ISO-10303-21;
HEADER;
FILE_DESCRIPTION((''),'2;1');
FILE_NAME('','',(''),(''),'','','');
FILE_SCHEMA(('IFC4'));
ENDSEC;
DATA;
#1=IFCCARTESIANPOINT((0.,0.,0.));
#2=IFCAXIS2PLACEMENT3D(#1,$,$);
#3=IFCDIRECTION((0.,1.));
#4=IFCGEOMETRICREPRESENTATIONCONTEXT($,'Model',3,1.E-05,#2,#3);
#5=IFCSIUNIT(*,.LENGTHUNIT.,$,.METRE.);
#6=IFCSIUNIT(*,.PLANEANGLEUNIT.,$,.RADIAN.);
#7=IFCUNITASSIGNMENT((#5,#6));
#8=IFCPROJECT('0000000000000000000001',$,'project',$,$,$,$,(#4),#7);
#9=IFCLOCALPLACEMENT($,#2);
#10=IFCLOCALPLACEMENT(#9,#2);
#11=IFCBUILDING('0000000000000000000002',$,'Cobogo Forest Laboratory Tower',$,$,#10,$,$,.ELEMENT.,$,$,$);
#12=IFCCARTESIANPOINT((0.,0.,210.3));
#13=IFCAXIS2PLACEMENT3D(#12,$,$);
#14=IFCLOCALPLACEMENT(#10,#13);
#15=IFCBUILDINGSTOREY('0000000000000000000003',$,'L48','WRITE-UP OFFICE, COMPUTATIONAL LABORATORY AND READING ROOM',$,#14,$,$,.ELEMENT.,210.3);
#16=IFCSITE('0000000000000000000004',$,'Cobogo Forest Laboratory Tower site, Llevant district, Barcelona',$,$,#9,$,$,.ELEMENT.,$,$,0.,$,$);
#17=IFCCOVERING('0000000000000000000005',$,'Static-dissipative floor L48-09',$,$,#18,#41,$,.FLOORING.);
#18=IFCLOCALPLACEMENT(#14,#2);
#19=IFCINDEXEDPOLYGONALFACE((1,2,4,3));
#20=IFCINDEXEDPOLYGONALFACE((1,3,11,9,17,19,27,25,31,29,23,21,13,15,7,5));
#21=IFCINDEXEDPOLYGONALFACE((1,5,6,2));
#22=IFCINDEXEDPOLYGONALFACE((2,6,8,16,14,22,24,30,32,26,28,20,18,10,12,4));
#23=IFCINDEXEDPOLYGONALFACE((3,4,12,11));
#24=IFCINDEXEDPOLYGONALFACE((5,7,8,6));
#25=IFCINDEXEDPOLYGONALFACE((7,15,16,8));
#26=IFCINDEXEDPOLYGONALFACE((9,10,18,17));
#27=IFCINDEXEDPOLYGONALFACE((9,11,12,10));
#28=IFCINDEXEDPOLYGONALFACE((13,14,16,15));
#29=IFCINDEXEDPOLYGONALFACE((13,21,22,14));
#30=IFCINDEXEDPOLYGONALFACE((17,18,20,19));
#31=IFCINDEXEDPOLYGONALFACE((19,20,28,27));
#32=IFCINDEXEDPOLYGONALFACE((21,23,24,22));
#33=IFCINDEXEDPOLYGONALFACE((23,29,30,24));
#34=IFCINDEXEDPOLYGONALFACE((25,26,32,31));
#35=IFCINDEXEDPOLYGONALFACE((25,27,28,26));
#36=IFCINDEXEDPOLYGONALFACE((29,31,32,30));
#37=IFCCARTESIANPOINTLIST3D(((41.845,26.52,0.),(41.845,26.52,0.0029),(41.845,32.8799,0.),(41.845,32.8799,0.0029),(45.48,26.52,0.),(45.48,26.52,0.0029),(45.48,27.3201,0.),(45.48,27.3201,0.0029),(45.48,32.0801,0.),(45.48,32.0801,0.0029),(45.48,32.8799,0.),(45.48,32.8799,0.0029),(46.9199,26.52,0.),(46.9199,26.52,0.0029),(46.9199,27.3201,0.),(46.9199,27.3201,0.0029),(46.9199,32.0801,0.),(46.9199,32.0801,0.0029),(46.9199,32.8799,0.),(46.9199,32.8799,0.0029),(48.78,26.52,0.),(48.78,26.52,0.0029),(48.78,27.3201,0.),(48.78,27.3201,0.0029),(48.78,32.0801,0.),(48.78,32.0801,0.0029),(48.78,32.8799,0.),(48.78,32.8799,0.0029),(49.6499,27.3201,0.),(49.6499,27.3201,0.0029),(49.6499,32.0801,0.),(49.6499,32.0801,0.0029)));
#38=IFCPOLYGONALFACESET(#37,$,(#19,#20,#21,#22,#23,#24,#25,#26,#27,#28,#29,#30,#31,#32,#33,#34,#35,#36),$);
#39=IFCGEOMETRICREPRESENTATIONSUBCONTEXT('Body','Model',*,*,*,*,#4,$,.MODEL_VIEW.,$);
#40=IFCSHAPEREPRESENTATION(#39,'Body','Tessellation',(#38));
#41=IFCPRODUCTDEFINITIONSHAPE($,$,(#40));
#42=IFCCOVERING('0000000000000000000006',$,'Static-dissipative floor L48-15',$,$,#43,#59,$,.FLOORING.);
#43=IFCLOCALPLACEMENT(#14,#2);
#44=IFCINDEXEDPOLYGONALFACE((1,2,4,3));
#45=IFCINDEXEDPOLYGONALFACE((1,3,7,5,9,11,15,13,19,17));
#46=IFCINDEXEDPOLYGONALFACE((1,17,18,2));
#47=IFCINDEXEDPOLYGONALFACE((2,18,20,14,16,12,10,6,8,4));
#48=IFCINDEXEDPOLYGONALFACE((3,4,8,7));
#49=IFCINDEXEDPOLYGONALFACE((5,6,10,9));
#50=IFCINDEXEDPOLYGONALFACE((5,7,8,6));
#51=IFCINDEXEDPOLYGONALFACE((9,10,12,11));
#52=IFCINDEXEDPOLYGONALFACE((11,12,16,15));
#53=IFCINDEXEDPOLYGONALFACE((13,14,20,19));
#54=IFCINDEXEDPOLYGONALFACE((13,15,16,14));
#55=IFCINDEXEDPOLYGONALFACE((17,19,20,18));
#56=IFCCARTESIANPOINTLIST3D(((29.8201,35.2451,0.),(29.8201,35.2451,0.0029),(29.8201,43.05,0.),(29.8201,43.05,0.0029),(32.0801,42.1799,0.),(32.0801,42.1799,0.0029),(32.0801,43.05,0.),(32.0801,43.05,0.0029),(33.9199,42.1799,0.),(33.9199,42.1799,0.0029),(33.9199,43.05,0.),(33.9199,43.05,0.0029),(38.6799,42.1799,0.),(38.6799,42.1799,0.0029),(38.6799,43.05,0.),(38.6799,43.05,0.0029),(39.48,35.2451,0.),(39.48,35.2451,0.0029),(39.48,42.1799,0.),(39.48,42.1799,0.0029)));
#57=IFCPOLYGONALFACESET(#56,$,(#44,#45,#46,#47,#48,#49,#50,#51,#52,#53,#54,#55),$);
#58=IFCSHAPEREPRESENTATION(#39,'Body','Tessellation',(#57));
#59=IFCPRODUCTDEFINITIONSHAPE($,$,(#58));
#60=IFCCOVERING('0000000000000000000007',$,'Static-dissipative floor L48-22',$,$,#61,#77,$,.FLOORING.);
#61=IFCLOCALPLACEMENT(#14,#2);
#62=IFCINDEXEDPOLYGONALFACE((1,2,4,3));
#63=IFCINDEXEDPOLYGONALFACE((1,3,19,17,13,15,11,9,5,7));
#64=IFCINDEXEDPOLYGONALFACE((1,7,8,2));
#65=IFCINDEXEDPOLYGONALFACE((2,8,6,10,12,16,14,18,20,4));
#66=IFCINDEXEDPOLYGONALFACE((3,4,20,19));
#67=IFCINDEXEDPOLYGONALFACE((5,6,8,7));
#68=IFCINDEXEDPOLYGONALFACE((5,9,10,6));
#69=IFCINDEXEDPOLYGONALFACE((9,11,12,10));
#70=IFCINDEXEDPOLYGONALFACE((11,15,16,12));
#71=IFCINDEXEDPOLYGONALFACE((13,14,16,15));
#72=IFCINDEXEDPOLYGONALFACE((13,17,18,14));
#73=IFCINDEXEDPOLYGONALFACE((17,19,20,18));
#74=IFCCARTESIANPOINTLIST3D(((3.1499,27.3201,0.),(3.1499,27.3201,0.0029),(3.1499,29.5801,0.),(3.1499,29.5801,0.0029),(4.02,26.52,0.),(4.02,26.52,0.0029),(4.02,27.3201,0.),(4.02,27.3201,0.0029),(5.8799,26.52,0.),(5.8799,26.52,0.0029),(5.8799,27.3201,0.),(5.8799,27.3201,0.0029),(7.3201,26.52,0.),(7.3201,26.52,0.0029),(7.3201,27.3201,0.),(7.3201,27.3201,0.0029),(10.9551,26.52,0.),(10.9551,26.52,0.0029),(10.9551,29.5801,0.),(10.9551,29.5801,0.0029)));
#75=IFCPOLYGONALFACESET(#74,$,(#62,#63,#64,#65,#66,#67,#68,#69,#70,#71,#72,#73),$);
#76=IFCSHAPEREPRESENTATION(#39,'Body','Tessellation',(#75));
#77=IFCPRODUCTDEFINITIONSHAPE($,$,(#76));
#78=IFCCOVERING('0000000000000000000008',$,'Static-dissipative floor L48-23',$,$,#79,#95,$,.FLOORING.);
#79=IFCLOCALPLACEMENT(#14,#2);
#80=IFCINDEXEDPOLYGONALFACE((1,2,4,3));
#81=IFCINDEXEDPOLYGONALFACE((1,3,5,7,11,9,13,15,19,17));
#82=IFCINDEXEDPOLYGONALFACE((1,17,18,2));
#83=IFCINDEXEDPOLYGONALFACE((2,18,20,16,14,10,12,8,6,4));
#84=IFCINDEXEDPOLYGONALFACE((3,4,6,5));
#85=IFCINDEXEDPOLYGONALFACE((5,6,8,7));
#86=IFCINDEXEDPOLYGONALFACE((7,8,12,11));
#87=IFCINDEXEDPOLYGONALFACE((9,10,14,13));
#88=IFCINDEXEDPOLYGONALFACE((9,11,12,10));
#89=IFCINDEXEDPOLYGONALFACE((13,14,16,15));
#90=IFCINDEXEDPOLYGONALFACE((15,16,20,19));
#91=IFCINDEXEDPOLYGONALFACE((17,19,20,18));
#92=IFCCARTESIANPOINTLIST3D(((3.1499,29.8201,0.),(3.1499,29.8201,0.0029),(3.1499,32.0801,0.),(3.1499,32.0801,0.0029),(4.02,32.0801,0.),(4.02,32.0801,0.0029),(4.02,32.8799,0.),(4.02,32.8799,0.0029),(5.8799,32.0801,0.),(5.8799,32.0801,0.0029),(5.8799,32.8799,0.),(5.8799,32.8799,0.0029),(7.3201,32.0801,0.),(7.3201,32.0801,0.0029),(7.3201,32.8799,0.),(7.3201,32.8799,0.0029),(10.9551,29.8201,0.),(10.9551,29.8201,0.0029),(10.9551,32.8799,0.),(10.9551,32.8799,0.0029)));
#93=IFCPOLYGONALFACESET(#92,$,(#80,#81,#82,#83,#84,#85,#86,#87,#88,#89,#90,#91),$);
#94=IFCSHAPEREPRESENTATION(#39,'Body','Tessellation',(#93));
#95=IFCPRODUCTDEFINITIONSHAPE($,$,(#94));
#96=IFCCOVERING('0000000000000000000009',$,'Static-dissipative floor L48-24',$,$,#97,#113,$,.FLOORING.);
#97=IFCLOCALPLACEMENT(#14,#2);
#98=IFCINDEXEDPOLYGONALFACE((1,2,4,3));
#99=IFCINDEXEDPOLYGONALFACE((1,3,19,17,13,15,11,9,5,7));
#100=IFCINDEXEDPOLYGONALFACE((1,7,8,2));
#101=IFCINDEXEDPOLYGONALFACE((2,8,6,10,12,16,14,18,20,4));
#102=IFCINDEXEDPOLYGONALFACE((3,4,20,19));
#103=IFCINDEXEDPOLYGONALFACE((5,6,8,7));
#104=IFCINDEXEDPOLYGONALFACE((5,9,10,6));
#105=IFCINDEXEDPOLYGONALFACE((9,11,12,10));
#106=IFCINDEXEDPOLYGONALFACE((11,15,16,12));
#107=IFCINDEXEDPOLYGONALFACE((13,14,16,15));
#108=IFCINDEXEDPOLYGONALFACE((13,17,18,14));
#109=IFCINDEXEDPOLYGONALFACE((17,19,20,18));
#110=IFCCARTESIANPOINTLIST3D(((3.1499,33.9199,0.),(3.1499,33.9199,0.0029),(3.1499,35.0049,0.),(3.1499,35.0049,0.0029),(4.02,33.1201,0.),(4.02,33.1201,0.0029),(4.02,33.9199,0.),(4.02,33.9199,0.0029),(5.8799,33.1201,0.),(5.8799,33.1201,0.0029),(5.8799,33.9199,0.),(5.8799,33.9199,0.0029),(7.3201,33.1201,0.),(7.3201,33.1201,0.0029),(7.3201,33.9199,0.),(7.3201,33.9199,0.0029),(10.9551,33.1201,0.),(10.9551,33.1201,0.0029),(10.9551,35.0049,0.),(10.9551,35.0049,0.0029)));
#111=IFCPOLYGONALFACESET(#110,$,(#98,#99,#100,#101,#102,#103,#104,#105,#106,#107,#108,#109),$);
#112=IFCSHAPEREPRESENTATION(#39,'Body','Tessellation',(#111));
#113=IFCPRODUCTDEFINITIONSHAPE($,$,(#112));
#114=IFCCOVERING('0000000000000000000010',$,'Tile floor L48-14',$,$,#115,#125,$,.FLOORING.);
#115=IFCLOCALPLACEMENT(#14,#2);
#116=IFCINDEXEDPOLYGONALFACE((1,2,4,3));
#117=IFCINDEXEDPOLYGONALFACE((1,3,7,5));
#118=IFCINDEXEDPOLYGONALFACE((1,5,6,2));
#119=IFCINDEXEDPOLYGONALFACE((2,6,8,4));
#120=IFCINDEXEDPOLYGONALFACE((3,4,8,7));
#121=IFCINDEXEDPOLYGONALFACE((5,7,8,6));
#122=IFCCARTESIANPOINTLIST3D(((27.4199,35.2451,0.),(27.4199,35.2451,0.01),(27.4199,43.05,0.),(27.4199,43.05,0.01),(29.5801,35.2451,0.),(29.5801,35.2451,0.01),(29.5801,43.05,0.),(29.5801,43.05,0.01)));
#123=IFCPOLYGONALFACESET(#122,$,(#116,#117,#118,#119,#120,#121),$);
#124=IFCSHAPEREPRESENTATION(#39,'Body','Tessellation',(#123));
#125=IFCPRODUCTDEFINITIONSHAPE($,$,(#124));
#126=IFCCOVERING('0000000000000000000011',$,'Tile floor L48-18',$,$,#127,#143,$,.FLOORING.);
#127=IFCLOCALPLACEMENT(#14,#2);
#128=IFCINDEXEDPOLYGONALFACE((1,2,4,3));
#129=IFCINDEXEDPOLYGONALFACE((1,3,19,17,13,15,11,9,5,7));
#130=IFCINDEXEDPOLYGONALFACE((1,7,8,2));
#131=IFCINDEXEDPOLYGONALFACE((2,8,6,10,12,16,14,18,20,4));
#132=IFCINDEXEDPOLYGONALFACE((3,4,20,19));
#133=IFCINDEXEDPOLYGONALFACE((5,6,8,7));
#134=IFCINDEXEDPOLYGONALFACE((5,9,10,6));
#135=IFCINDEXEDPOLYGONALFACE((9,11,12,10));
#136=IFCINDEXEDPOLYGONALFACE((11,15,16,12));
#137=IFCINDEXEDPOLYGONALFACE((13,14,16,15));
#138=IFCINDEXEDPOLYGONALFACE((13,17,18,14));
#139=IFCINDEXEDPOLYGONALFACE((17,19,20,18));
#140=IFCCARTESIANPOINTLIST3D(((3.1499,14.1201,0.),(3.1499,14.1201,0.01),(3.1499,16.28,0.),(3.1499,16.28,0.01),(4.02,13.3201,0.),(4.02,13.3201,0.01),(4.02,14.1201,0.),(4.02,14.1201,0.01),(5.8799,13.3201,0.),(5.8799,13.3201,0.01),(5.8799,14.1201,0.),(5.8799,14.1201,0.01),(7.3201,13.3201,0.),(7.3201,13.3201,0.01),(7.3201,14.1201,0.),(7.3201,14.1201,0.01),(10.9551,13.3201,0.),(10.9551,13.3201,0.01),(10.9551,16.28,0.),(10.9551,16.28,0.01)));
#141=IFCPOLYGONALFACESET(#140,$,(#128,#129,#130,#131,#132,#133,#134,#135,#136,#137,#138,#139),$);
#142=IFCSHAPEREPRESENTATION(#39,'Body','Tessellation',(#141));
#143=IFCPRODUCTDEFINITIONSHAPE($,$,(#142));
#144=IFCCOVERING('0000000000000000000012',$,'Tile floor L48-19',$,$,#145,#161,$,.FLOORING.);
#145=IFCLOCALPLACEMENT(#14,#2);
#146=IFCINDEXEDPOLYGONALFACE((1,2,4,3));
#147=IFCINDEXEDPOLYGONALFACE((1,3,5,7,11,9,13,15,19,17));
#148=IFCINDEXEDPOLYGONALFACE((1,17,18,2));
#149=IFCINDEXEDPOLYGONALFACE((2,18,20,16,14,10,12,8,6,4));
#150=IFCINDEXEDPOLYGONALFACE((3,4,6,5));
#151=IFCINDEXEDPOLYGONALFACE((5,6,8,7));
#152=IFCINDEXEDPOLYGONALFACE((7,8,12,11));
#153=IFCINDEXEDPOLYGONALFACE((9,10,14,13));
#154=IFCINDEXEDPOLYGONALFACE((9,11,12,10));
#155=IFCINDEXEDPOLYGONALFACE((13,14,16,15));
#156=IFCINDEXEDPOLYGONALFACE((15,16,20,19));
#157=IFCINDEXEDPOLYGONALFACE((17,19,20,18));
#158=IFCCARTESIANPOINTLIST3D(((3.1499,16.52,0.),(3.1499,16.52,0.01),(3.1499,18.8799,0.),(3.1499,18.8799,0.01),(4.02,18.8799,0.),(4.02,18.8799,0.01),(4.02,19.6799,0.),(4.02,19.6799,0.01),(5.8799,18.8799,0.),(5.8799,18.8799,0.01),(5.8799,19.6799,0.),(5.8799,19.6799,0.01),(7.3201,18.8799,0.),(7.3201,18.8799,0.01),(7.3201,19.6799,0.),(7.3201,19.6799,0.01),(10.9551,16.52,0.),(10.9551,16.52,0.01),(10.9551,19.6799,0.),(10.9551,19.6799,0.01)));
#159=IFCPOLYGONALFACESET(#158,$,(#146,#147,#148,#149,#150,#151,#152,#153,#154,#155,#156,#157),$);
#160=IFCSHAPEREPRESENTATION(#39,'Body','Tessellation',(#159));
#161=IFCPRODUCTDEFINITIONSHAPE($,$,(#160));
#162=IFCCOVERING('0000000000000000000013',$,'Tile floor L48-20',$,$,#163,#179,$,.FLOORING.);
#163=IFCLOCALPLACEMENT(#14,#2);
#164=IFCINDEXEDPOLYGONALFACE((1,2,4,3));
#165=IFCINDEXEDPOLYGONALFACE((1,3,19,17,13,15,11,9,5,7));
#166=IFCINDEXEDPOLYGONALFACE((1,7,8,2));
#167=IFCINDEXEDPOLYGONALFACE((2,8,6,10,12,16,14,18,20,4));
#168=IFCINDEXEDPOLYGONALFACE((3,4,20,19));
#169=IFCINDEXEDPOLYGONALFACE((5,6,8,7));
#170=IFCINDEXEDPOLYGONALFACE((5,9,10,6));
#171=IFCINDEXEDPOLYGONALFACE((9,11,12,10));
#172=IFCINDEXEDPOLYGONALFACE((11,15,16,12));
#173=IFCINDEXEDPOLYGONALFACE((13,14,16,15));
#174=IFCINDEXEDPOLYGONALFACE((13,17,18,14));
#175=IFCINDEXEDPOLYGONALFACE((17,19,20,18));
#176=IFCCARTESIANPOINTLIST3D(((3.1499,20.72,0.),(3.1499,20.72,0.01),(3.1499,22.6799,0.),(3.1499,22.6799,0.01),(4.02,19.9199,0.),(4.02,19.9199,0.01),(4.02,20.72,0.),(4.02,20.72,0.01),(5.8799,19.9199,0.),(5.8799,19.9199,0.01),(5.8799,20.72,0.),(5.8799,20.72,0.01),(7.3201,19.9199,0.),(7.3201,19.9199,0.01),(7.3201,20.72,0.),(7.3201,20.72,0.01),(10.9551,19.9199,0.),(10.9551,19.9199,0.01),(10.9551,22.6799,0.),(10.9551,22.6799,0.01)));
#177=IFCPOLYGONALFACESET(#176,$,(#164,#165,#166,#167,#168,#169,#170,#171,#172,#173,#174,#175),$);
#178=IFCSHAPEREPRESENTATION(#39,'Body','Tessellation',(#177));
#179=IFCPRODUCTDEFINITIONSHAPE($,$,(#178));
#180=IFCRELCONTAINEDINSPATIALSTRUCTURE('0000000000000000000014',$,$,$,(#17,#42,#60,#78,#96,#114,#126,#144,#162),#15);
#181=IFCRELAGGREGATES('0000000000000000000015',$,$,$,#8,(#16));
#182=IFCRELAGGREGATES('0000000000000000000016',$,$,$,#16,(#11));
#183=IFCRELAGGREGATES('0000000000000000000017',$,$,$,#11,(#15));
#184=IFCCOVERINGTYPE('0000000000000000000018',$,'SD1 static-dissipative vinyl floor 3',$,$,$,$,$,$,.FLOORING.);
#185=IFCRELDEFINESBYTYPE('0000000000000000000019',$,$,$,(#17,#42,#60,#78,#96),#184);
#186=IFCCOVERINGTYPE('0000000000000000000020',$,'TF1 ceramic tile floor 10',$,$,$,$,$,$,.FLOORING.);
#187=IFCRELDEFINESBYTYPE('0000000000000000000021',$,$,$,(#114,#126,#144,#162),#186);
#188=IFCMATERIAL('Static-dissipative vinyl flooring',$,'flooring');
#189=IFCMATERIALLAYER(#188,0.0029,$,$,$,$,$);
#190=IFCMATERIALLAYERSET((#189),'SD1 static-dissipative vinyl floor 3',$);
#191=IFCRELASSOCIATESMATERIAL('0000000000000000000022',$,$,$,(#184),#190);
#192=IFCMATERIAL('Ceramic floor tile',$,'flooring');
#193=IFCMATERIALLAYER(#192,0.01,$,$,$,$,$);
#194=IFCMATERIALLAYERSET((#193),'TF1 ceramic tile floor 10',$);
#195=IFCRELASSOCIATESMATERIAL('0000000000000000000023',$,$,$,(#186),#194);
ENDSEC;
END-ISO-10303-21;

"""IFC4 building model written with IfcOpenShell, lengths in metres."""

from ifc_helpers import new_model, si_unit, direction, frame, origin, place, context, subcontext, project, spatial, polyline, outline, extrude, material, layer, layer_set, type_object, element, save


model = new_model("IFC4")

# Units and contexts
model_context = context("Model", 3, precision=1e-05, world=origin(), true_north=direction((0.0, 1.0)))
body_context = subcontext(model_context, "Body", "Model", "MODEL_VIEW")
ifc_project = project(units=[si_unit("LENGTHUNIT", "METRE"), si_unit("PLANEANGLEUNIT", "RADIAN")], contexts=[model_context])

# Site, building, storey
site_placement = place(None, origin())
site = spatial("IfcSite", under=ifc_project, at=site_placement, Name="Cobogo Forest Laboratory Tower site, Llevant district, Barcelona", CompositionType="ELEMENT", RefElevation=0.0)
building_placement = place(site_placement, origin())
building = spatial("IfcBuilding", under=site, at=building_placement, Name="Cobogo Forest Laboratory Tower", CompositionType="ELEMENT")
storey_placement = place(building_placement, frame((0.0, 0.0, 210.3)))
storey = spatial("IfcBuildingStorey", under=building, at=storey_placement, Name="L48", Description="WRITE-UP OFFICE, COMPUTATIONAL LABORATORY AND READING ROOM", CompositionType="ELEMENT", Elevation=210.3)

# Coverings
ifc_material_1 = material(Name="Static-dissipative vinyl flooring", Category="flooring")
ifc_layer_1 = layer(ifc_material_1, 0.0029)
ifc_layer_set_1 = layer_set([ifc_layer_1], Name="SD1 static-dissipative vinyl floor 3")
covering_type_1 = type_object("IfcCoveringType", Name="SD1 static-dissipative vinyl floor 3", PredefinedType="FLOORING", material=ifc_layer_set_1)
covering_1_placement = place(storey_placement, origin())
element("IfcCovering", 1, at=covering_1_placement, inside=storey, type_object=covering_type_1, Name="Static-dissipative floor L48-09", PredefinedType="FLOORING", context=body_context, shape_type="SweptSolid", body=[
    extrude(outline(polyline([(41.845, 32.8799), (45.48, 32.8799), (45.48, 32.0801), (46.9199, 32.0801), (46.9199, 32.8799), (48.78, 32.8799), (48.78, 32.0801), (49.6499, 32.0801), (49.6499, 27.3201), (48.78, 27.3201), (48.78, 26.52), (46.9199, 26.52), (46.9199, 27.3201), (45.48, 27.3201), (45.48, 26.52), (41.845, 26.52), (41.845, 32.8799)])), origin(), (0.0, 0.0, 1.0), 0.0029),
])
covering_2_placement = place(storey_placement, origin())
element("IfcCovering", 2, at=covering_2_placement, inside=storey, type_object=covering_type_1, Name="Static-dissipative floor L48-15", PredefinedType="FLOORING", context=body_context, shape_type="SweptSolid", body=[
    extrude(outline(polyline([(29.8201, 35.2451), (29.8201, 43.05), (32.0801, 43.05), (32.0801, 42.1799), (33.9199, 42.1799), (33.9199, 43.05), (38.6799, 43.05), (38.6799, 42.1799), (39.48, 42.1799), (39.48, 35.2451), (29.8201, 35.2451)])), origin(), (0.0, 0.0, 1.0), 0.0029),
])
covering_3_placement = place(storey_placement, origin())
element("IfcCovering", 3, at=covering_3_placement, inside=storey, type_object=covering_type_1, Name="Static-dissipative floor L48-22", PredefinedType="FLOORING", context=body_context, shape_type="SweptSolid", body=[
    extrude(outline(polyline([(10.9551, 26.52), (7.3201, 26.52), (7.3201, 27.3201), (5.8799, 27.3201), (5.8799, 26.52), (4.02, 26.52), (4.02, 27.3201), (3.1499, 27.3201), (3.1499, 29.5801), (10.9551, 29.5801), (10.9551, 26.52)])), origin(), (0.0, 0.0, 1.0), 0.0029),
])
covering_4_placement = place(storey_placement, origin())
element("IfcCovering", 4, at=covering_4_placement, inside=storey, type_object=covering_type_1, Name="Static-dissipative floor L48-23", PredefinedType="FLOORING", context=body_context, shape_type="SweptSolid", body=[
    extrude(outline(polyline([(10.9551, 29.8201), (3.1499, 29.8201), (3.1499, 32.0801), (4.02, 32.0801), (4.02, 32.8799), (5.8799, 32.8799), (5.8799, 32.0801), (7.3201, 32.0801), (7.3201, 32.8799), (10.9551, 32.8799), (10.9551, 29.8201)])), origin(), (0.0, 0.0, 1.0), 0.0029),
])
covering_5_placement = place(storey_placement, origin())
element("IfcCovering", 5, at=covering_5_placement, inside=storey, type_object=covering_type_1, Name="Static-dissipative floor L48-24", PredefinedType="FLOORING", context=body_context, shape_type="SweptSolid", body=[
    extrude(outline(polyline([(10.9551, 33.1201), (7.3201, 33.1201), (7.3201, 33.9199), (5.8799, 33.9199), (5.8799, 33.1201), (4.02, 33.1201), (4.02, 33.9199), (3.1499, 33.9199), (3.1499, 35.0049), (10.9551, 35.0049), (10.9551, 33.1201)])), origin(), (0.0, 0.0, 1.0), 0.0029),
])
ifc_material_2 = material(Name="Ceramic floor tile", Category="flooring")
ifc_layer_2 = layer(ifc_material_2, 0.01)
ifc_layer_set_2 = layer_set([ifc_layer_2], Name="TF1 ceramic tile floor 10")
covering_type_2 = type_object("IfcCoveringType", Name="TF1 ceramic tile floor 10", PredefinedType="FLOORING", material=ifc_layer_set_2)
covering_6_placement = place(storey_placement, origin())
element("IfcCovering", 6, at=covering_6_placement, inside=storey, type_object=covering_type_2, Name="Tile floor L48-14", PredefinedType="FLOORING", context=body_context, shape_type="SweptSolid", body=[
    extrude(outline(polyline([(29.5801, 35.2451), (27.4199, 35.2451), (27.4199, 43.05), (29.5801, 43.05), (29.5801, 35.2451)])), origin(), (0.0, 0.0, 1.0), 0.01),
])
covering_7_placement = place(storey_placement, origin())
element("IfcCovering", 7, at=covering_7_placement, inside=storey, type_object=covering_type_2, Name="Tile floor L48-18", PredefinedType="FLOORING", context=body_context, shape_type="SweptSolid", body=[
    extrude(outline(polyline([(10.9551, 13.3201), (7.3201, 13.3201), (7.3201, 14.1201), (5.8799, 14.1201), (5.8799, 13.3201), (4.02, 13.3201), (4.02, 14.1201), (3.1499, 14.1201), (3.1499, 16.28), (10.9551, 16.28), (10.9551, 13.3201)])), origin(), (0.0, 0.0, 1.0), 0.01),
])
covering_8_placement = place(storey_placement, origin())
element("IfcCovering", 8, at=covering_8_placement, inside=storey, type_object=covering_type_2, Name="Tile floor L48-19", PredefinedType="FLOORING", context=body_context, shape_type="SweptSolid", body=[
    extrude(outline(polyline([(10.9551, 16.52), (3.1499, 16.52), (3.1499, 18.8799), (4.02, 18.8799), (4.02, 19.6799), (5.8799, 19.6799), (5.8799, 18.8799), (7.3201, 18.8799), (7.3201, 19.6799), (10.9551, 19.6799), (10.9551, 16.52)])), origin(), (0.0, 0.0, 1.0), 0.01),
])
covering_9_placement = place(storey_placement, origin())
element("IfcCovering", 9, at=covering_9_placement, inside=storey, type_object=covering_type_2, Name="Tile floor L48-20", PredefinedType="FLOORING", context=body_context, shape_type="SweptSolid", body=[
    extrude(outline(polyline([(10.9551, 19.9199), (7.3201, 19.9199), (7.3201, 20.72), (5.8799, 20.72), (5.8799, 19.9199), (4.02, 19.9199), (4.02, 20.72), (3.1499, 20.72), (3.1499, 22.6799), (10.9551, 22.6799), (10.9551, 19.9199)])), origin(), (0.0, 0.0, 1.0), 0.01),
])

save(model, "model.ifc")
